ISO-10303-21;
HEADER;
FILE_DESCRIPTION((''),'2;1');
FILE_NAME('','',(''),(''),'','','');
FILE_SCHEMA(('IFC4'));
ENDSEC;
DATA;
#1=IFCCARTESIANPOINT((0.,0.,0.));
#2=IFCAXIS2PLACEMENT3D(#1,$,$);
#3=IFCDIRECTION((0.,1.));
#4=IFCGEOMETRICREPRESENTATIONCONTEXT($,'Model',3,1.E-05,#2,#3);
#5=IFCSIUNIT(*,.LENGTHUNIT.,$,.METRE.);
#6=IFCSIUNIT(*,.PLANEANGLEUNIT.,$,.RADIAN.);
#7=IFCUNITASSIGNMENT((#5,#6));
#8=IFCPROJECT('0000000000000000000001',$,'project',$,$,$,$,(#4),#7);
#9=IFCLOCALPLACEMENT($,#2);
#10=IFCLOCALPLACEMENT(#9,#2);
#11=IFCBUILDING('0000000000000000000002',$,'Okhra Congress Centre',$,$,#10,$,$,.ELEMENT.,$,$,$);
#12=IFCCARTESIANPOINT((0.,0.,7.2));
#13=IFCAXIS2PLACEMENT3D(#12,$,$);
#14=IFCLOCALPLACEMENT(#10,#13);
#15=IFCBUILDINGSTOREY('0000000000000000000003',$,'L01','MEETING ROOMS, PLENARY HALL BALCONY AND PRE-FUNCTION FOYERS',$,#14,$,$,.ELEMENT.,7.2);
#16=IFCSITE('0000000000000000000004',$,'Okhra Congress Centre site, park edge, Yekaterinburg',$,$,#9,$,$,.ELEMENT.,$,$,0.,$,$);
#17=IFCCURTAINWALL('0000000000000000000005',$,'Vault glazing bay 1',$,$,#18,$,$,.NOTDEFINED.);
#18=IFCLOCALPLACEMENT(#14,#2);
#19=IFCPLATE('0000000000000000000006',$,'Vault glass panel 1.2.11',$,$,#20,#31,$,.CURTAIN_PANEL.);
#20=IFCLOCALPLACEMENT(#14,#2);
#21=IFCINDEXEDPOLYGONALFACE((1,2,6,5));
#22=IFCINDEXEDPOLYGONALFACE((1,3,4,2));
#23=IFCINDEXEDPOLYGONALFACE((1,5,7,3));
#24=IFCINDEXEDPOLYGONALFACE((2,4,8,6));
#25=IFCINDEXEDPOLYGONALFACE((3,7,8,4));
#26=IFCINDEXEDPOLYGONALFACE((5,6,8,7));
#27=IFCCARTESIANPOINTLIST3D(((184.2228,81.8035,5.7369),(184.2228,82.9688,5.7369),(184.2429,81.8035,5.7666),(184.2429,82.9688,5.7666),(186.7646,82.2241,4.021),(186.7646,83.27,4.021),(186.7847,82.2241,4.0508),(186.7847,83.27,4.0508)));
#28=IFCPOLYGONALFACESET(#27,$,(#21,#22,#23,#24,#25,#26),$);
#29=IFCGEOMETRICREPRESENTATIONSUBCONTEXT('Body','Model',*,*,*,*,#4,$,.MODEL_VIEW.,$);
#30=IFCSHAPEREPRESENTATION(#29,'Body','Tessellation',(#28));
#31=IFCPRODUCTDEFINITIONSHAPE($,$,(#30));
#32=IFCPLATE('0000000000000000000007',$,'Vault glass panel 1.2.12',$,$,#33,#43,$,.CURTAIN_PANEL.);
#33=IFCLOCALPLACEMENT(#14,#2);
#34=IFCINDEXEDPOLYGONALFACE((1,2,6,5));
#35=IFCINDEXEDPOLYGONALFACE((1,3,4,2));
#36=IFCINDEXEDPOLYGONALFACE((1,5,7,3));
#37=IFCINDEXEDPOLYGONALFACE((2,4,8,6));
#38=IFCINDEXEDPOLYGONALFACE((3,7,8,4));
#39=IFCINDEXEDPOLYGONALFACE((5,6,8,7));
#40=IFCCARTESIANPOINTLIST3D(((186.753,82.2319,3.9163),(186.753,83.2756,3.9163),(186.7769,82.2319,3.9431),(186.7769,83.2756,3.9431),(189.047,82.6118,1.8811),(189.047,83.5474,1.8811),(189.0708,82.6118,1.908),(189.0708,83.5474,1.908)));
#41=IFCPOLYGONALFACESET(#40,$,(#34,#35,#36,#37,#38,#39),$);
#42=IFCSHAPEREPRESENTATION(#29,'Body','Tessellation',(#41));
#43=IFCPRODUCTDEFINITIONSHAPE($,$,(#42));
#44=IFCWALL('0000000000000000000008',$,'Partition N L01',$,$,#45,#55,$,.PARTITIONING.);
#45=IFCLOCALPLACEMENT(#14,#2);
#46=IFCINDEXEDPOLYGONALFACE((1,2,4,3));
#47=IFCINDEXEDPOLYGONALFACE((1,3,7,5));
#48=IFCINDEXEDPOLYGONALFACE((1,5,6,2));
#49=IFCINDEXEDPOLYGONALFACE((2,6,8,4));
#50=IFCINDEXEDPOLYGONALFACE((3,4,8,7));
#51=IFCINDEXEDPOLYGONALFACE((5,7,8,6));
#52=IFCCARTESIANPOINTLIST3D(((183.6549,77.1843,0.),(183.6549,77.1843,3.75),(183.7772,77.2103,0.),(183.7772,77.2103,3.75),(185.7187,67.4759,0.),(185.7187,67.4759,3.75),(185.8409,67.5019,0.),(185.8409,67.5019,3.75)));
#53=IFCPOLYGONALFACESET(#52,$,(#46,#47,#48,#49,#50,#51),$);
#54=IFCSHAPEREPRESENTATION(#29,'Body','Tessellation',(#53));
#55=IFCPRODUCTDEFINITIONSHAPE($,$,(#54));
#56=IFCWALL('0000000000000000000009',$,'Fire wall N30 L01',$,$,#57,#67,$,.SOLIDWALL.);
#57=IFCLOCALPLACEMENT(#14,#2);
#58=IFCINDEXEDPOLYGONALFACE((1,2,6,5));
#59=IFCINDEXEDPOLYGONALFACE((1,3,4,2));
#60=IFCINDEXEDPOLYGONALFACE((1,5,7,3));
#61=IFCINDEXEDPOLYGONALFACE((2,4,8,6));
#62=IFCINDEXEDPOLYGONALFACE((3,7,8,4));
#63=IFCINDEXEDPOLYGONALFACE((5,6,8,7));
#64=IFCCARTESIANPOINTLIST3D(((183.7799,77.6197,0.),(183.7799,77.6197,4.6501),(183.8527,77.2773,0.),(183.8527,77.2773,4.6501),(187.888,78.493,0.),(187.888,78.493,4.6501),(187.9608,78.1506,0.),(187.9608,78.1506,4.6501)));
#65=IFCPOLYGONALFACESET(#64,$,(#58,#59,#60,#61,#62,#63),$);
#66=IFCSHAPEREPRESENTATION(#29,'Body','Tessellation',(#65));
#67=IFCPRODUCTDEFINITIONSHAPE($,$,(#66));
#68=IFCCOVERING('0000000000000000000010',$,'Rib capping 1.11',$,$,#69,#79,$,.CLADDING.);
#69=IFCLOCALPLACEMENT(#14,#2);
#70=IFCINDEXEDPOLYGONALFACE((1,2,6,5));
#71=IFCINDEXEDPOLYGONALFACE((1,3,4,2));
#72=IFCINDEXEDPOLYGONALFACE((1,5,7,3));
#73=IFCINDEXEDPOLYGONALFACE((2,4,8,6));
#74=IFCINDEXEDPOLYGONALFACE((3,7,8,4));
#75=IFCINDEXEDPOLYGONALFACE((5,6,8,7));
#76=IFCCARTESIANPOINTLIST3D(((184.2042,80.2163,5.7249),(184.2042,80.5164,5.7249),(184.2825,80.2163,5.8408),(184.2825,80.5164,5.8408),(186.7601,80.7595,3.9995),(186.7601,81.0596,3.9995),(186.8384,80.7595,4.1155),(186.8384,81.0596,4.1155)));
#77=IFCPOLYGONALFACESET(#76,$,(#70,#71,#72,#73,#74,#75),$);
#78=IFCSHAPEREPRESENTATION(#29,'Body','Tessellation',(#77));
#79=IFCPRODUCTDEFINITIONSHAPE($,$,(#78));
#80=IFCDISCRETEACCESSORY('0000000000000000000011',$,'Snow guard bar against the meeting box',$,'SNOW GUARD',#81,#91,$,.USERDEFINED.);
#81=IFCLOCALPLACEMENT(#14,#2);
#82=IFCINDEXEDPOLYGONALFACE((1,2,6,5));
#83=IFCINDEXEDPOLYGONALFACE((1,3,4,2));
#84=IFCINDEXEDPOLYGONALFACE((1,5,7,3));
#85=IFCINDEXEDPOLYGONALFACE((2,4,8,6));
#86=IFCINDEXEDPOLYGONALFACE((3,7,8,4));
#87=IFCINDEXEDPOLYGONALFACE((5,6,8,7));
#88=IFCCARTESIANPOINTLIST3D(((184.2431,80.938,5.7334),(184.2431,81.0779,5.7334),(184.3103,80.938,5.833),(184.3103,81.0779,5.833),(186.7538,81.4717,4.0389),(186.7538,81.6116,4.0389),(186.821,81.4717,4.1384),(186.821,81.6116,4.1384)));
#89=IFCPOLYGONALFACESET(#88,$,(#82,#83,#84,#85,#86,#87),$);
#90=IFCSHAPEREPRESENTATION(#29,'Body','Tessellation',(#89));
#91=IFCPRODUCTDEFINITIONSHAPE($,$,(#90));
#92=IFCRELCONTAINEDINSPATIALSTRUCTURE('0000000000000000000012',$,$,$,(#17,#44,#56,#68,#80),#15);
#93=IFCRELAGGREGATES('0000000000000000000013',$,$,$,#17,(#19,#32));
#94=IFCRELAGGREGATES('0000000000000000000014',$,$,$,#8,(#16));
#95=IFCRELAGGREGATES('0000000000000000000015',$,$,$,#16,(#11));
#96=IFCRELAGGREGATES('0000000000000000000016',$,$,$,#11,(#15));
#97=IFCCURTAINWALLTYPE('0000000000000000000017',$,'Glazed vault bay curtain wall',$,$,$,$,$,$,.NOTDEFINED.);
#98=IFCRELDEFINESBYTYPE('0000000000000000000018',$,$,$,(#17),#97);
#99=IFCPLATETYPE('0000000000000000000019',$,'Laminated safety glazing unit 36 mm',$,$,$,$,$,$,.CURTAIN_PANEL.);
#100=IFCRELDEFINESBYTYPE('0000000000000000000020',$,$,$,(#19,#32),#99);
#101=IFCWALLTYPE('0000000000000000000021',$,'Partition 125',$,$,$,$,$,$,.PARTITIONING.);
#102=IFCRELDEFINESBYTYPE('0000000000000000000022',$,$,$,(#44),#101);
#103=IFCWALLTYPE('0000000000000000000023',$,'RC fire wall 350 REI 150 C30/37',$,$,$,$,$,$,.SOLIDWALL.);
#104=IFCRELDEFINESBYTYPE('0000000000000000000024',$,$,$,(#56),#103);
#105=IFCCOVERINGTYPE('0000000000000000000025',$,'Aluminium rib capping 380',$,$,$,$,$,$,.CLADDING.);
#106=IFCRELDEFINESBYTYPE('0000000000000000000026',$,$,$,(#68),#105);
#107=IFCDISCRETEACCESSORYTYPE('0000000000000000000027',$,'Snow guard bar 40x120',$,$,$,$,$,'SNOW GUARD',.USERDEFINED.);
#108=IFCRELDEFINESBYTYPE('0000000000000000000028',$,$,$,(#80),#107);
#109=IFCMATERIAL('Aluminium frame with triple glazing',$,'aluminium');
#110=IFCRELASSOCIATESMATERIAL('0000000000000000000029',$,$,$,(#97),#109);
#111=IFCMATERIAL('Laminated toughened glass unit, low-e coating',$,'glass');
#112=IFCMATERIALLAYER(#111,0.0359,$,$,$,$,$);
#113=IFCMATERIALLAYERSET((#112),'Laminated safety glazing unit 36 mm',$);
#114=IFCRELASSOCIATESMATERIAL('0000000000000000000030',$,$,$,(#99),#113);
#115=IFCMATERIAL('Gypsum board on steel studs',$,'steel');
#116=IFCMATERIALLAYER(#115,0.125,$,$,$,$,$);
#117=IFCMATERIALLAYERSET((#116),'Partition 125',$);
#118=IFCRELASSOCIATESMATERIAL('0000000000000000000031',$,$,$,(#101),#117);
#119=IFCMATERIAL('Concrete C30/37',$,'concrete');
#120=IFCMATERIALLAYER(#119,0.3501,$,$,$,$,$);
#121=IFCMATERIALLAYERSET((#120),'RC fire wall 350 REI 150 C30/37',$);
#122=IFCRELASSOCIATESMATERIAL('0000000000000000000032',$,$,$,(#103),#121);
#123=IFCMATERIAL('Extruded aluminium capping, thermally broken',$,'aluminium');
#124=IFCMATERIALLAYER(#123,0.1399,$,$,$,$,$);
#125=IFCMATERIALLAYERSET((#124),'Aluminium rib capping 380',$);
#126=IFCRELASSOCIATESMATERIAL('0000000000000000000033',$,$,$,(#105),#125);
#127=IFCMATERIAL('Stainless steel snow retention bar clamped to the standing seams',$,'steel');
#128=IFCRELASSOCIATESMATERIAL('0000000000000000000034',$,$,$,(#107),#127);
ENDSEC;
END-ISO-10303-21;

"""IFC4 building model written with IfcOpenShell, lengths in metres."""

from ifc_helpers import new_model, si_unit, direction, frame, frame_2d, origin, place, context, subcontext, project, spatial, polyline, rectangle, outline, extrude, material, layer, layer_set, type_object, element, aggregate, save


model = new_model("IFC4")

# Units and contexts
model_context = context("Model", 3, precision=1e-05, world=origin(), true_north=direction((0.0, 1.0)))
body_context = subcontext(model_context, "Body", "Model", "MODEL_VIEW")
ifc_project = project(units=[si_unit("LENGTHUNIT", "METRE"), si_unit("PLANEANGLEUNIT", "RADIAN")], contexts=[model_context])

# Site, building, storey
site_placement = place(None, origin())
site = spatial("IfcSite", under=ifc_project, at=site_placement, Name="Okhra Congress Centre site, park edge, Yekaterinburg", CompositionType="ELEMENT", RefElevation=0.0)
building_placement = place(site_placement, origin())
building = spatial("IfcBuilding", under=site, at=building_placement, Name="Okhra Congress Centre", CompositionType="ELEMENT")
storey_placement = place(building_placement, frame((0.0, 0.0, 7.2)))
storey = spatial("IfcBuildingStorey", under=building, at=storey_placement, Name="L01", Description="MEETING ROOMS, PLENARY HALL BALCONY AND PRE-FUNCTION FOYERS", CompositionType="ELEMENT", Elevation=7.2)

# Curtain wall
ifc_material_1 = material(Name="Aluminium frame with triple glazing", Category="aluminium")
curtain_wall_type = type_object("IfcCurtainWallType", Name="Glazed vault bay curtain wall", PredefinedType="NOTDEFINED", material=ifc_material_1)
curtain_wall_placement = place(storey_placement, origin())
curtain_wall = element("IfcCurtainWall", 1, at=curtain_wall_placement, inside=storey, type_object=curtain_wall_type, Name="Vault glazing bay 1", PredefinedType="NOTDEFINED")

# Plates
ifc_material_2 = material(Name="Laminated toughened glass unit, low-e coating", Category="glass")
ifc_layer_1 = layer(ifc_material_2, 0.0359)
ifc_layer_set_1 = layer_set([ifc_layer_1], Name="Laminated safety glazing unit 36 mm")
plate_type = type_object("IfcPlateType", Name="Laminated safety glazing unit 36 mm", PredefinedType="CURTAIN_PANEL", material=ifc_layer_set_1)
plate_1_placement = place(storey_placement, frame((184.2429, 81.8035, 5.7666), z_axis=(0.559504, 0.0, 0.828827), x_axis=(0.821138, 0.135897, -0.554314)))
plate_1 = element("IfcPlate", 2, at=plate_1_placement, type_object=plate_type, Name="Vault glass panel 1.2.11", PredefinedType="CURTAIN_PANEL", context=body_context, shape_type="SweptSolid", body=[
    extrude(outline(polyline([(0.0, 0.0), (3.0954, 0.0), (3.2375, 1.0362), (0.1584, 1.1545), (0.0, 0.0)])), origin(), (0.0, 0.0, -1.0), 0.0359),
])
plate_2_placement = place(storey_placement, frame((186.7769, 82.2319, 3.9431), z_axis=(0.663652, 0.0, 0.748041), x_axis=(0.742367, 0.122938, -0.658618)))
plate_2 = element("IfcPlate", 3, at=plate_2_placement, type_object=plate_type, Name="Vault glass panel 1.2.12", PredefinedType="CURTAIN_PANEL", context=body_context, shape_type="SweptSolid", body=[
    extrude(outline(polyline([(0.0, 0.0), (3.09, 0.0), (3.2051, 0.9285), (0.1283, 1.0358), (0.0, 0.0)])), origin(), (0.0, 0.0, -1.0), 0.0359),
])
aggregate(curtain_wall, [plate_1, plate_2])

# Walls
ifc_material_3 = material(Name="Gypsum board on steel studs", Category="steel")
ifc_layer_2 = layer(ifc_material_3, 0.125)
ifc_layer_set_2 = layer_set([ifc_layer_2], Name="Partition 125")
wall_type_1 = type_object("IfcWallType", Name="Partition 125", PredefinedType="PARTITIONING", material=ifc_layer_set_2)
wall_1_placement = place(storey_placement, frame((183.7161, 77.1973, 0.0), z_axis=(0.0, 0.0, 1.0), x_axis=(0.207928, -0.978144, 0.0)))
element("IfcWall", 4, at=wall_1_placement, inside=storey, type_object=wall_type_1, Name="Partition N L01", PredefinedType="PARTITIONING", context=body_context, shape_type="SweptSolid", body=[
    extrude(rectangle(XDim=9.9253, YDim=0.125, at=frame_2d((4.9626, 0.0))), origin(), (0.0, 0.0, 1.0), 3.75),
])
ifc_material_4 = material(Name="Concrete C30/37", Category="concrete")
ifc_layer_3 = layer(ifc_material_4, 0.3501)
ifc_layer_set_3 = layer_set([ifc_layer_3], Name="RC fire wall 350 REI 150 C30/37")
wall_type_2 = type_object("IfcWallType", Name="RC fire wall 350 REI 150 C30/37", PredefinedType="SOLIDWALL", material=ifc_layer_set_3)
wall_2_placement = place(storey_placement, frame((183.8162, 77.4485, 0.0), z_axis=(0.0, 0.0, 1.0), x_axis=(0.978144, 0.207929, 0.0)))
element("IfcWall", 5, at=wall_2_placement, inside=storey, type_object=wall_type_2, Name="Fire wall N30 L01", PredefinedType="SOLIDWALL", context=body_context, shape_type="SweptSolid", body=[
    extrude(rectangle(XDim=4.2, YDim=0.3501, at=frame_2d((2.1001, 0.0))), origin(), (0.0, 0.0, 1.0), 4.6501),
])

# Covering
ifc_material_5 = material(Name="Extruded aluminium capping, thermally broken", Category="aluminium")
ifc_layer_4 = layer(ifc_material_5, 0.1399)
ifc_layer_set_4 = layer_set([ifc_layer_4], Name="Aluminium rib capping 380")
covering_type = type_object("IfcCoveringType", Name="Aluminium rib capping 380", PredefinedType="CLADDING", material=ifc_layer_set_4)
covering_placement = place(storey_placement, frame((184.2825, 80.2163, 5.8408), z_axis=(0.559496, 0.0, 0.828833), x_axis=(0.816265, 0.173483, -0.551012)))
element("IfcCovering", 6, at=covering_placement, inside=storey, type_object=covering_type, Name="Rib capping 1.11", PredefinedType="CLADDING", context=body_context, shape_type="SweptSolid", body=[
    extrude(outline(polyline([(0.0, 0.0), (3.1312, 0.0), (3.1833, 0.2955), (0.0521, 0.2955), (0.0, 0.0)])), origin(), (0.0, 0.0, -1.0), 0.1399),
])

# Discrete accessory
ifc_material_6 = material(Name="Stainless steel snow retention bar clamped to the standing seams", Category="steel")
discrete_accessory_type = type_object("IfcDiscreteAccessoryType", Name="Snow guard bar 40x120", ElementType="SNOW GUARD", PredefinedType="USERDEFINED", material=ifc_material_6)
discrete_accessory_placement = place(storey_placement, frame((184.3103, 80.938, 5.833), z_axis=(0.559434, 0.0, 0.828875), x_axis=(0.816302, 0.173516, -0.550948)))
element("IfcDiscreteAccessory", 7, at=discrete_accessory_placement, inside=storey, type_object=discrete_accessory_type, Name="Snow guard bar against the meeting box", ObjectType="SNOW GUARD", PredefinedType="USERDEFINED", context=body_context, shape_type="SweptSolid", body=[
    extrude(outline(polyline([(0.0, 0.0), (3.0758, 0.0), (3.1, 0.1378), (0.0243, 0.1378), (0.0, 0.0)])), origin(), (0.0, 0.0, -1.0), 0.1201),
])

save(model, "model.ifc")
